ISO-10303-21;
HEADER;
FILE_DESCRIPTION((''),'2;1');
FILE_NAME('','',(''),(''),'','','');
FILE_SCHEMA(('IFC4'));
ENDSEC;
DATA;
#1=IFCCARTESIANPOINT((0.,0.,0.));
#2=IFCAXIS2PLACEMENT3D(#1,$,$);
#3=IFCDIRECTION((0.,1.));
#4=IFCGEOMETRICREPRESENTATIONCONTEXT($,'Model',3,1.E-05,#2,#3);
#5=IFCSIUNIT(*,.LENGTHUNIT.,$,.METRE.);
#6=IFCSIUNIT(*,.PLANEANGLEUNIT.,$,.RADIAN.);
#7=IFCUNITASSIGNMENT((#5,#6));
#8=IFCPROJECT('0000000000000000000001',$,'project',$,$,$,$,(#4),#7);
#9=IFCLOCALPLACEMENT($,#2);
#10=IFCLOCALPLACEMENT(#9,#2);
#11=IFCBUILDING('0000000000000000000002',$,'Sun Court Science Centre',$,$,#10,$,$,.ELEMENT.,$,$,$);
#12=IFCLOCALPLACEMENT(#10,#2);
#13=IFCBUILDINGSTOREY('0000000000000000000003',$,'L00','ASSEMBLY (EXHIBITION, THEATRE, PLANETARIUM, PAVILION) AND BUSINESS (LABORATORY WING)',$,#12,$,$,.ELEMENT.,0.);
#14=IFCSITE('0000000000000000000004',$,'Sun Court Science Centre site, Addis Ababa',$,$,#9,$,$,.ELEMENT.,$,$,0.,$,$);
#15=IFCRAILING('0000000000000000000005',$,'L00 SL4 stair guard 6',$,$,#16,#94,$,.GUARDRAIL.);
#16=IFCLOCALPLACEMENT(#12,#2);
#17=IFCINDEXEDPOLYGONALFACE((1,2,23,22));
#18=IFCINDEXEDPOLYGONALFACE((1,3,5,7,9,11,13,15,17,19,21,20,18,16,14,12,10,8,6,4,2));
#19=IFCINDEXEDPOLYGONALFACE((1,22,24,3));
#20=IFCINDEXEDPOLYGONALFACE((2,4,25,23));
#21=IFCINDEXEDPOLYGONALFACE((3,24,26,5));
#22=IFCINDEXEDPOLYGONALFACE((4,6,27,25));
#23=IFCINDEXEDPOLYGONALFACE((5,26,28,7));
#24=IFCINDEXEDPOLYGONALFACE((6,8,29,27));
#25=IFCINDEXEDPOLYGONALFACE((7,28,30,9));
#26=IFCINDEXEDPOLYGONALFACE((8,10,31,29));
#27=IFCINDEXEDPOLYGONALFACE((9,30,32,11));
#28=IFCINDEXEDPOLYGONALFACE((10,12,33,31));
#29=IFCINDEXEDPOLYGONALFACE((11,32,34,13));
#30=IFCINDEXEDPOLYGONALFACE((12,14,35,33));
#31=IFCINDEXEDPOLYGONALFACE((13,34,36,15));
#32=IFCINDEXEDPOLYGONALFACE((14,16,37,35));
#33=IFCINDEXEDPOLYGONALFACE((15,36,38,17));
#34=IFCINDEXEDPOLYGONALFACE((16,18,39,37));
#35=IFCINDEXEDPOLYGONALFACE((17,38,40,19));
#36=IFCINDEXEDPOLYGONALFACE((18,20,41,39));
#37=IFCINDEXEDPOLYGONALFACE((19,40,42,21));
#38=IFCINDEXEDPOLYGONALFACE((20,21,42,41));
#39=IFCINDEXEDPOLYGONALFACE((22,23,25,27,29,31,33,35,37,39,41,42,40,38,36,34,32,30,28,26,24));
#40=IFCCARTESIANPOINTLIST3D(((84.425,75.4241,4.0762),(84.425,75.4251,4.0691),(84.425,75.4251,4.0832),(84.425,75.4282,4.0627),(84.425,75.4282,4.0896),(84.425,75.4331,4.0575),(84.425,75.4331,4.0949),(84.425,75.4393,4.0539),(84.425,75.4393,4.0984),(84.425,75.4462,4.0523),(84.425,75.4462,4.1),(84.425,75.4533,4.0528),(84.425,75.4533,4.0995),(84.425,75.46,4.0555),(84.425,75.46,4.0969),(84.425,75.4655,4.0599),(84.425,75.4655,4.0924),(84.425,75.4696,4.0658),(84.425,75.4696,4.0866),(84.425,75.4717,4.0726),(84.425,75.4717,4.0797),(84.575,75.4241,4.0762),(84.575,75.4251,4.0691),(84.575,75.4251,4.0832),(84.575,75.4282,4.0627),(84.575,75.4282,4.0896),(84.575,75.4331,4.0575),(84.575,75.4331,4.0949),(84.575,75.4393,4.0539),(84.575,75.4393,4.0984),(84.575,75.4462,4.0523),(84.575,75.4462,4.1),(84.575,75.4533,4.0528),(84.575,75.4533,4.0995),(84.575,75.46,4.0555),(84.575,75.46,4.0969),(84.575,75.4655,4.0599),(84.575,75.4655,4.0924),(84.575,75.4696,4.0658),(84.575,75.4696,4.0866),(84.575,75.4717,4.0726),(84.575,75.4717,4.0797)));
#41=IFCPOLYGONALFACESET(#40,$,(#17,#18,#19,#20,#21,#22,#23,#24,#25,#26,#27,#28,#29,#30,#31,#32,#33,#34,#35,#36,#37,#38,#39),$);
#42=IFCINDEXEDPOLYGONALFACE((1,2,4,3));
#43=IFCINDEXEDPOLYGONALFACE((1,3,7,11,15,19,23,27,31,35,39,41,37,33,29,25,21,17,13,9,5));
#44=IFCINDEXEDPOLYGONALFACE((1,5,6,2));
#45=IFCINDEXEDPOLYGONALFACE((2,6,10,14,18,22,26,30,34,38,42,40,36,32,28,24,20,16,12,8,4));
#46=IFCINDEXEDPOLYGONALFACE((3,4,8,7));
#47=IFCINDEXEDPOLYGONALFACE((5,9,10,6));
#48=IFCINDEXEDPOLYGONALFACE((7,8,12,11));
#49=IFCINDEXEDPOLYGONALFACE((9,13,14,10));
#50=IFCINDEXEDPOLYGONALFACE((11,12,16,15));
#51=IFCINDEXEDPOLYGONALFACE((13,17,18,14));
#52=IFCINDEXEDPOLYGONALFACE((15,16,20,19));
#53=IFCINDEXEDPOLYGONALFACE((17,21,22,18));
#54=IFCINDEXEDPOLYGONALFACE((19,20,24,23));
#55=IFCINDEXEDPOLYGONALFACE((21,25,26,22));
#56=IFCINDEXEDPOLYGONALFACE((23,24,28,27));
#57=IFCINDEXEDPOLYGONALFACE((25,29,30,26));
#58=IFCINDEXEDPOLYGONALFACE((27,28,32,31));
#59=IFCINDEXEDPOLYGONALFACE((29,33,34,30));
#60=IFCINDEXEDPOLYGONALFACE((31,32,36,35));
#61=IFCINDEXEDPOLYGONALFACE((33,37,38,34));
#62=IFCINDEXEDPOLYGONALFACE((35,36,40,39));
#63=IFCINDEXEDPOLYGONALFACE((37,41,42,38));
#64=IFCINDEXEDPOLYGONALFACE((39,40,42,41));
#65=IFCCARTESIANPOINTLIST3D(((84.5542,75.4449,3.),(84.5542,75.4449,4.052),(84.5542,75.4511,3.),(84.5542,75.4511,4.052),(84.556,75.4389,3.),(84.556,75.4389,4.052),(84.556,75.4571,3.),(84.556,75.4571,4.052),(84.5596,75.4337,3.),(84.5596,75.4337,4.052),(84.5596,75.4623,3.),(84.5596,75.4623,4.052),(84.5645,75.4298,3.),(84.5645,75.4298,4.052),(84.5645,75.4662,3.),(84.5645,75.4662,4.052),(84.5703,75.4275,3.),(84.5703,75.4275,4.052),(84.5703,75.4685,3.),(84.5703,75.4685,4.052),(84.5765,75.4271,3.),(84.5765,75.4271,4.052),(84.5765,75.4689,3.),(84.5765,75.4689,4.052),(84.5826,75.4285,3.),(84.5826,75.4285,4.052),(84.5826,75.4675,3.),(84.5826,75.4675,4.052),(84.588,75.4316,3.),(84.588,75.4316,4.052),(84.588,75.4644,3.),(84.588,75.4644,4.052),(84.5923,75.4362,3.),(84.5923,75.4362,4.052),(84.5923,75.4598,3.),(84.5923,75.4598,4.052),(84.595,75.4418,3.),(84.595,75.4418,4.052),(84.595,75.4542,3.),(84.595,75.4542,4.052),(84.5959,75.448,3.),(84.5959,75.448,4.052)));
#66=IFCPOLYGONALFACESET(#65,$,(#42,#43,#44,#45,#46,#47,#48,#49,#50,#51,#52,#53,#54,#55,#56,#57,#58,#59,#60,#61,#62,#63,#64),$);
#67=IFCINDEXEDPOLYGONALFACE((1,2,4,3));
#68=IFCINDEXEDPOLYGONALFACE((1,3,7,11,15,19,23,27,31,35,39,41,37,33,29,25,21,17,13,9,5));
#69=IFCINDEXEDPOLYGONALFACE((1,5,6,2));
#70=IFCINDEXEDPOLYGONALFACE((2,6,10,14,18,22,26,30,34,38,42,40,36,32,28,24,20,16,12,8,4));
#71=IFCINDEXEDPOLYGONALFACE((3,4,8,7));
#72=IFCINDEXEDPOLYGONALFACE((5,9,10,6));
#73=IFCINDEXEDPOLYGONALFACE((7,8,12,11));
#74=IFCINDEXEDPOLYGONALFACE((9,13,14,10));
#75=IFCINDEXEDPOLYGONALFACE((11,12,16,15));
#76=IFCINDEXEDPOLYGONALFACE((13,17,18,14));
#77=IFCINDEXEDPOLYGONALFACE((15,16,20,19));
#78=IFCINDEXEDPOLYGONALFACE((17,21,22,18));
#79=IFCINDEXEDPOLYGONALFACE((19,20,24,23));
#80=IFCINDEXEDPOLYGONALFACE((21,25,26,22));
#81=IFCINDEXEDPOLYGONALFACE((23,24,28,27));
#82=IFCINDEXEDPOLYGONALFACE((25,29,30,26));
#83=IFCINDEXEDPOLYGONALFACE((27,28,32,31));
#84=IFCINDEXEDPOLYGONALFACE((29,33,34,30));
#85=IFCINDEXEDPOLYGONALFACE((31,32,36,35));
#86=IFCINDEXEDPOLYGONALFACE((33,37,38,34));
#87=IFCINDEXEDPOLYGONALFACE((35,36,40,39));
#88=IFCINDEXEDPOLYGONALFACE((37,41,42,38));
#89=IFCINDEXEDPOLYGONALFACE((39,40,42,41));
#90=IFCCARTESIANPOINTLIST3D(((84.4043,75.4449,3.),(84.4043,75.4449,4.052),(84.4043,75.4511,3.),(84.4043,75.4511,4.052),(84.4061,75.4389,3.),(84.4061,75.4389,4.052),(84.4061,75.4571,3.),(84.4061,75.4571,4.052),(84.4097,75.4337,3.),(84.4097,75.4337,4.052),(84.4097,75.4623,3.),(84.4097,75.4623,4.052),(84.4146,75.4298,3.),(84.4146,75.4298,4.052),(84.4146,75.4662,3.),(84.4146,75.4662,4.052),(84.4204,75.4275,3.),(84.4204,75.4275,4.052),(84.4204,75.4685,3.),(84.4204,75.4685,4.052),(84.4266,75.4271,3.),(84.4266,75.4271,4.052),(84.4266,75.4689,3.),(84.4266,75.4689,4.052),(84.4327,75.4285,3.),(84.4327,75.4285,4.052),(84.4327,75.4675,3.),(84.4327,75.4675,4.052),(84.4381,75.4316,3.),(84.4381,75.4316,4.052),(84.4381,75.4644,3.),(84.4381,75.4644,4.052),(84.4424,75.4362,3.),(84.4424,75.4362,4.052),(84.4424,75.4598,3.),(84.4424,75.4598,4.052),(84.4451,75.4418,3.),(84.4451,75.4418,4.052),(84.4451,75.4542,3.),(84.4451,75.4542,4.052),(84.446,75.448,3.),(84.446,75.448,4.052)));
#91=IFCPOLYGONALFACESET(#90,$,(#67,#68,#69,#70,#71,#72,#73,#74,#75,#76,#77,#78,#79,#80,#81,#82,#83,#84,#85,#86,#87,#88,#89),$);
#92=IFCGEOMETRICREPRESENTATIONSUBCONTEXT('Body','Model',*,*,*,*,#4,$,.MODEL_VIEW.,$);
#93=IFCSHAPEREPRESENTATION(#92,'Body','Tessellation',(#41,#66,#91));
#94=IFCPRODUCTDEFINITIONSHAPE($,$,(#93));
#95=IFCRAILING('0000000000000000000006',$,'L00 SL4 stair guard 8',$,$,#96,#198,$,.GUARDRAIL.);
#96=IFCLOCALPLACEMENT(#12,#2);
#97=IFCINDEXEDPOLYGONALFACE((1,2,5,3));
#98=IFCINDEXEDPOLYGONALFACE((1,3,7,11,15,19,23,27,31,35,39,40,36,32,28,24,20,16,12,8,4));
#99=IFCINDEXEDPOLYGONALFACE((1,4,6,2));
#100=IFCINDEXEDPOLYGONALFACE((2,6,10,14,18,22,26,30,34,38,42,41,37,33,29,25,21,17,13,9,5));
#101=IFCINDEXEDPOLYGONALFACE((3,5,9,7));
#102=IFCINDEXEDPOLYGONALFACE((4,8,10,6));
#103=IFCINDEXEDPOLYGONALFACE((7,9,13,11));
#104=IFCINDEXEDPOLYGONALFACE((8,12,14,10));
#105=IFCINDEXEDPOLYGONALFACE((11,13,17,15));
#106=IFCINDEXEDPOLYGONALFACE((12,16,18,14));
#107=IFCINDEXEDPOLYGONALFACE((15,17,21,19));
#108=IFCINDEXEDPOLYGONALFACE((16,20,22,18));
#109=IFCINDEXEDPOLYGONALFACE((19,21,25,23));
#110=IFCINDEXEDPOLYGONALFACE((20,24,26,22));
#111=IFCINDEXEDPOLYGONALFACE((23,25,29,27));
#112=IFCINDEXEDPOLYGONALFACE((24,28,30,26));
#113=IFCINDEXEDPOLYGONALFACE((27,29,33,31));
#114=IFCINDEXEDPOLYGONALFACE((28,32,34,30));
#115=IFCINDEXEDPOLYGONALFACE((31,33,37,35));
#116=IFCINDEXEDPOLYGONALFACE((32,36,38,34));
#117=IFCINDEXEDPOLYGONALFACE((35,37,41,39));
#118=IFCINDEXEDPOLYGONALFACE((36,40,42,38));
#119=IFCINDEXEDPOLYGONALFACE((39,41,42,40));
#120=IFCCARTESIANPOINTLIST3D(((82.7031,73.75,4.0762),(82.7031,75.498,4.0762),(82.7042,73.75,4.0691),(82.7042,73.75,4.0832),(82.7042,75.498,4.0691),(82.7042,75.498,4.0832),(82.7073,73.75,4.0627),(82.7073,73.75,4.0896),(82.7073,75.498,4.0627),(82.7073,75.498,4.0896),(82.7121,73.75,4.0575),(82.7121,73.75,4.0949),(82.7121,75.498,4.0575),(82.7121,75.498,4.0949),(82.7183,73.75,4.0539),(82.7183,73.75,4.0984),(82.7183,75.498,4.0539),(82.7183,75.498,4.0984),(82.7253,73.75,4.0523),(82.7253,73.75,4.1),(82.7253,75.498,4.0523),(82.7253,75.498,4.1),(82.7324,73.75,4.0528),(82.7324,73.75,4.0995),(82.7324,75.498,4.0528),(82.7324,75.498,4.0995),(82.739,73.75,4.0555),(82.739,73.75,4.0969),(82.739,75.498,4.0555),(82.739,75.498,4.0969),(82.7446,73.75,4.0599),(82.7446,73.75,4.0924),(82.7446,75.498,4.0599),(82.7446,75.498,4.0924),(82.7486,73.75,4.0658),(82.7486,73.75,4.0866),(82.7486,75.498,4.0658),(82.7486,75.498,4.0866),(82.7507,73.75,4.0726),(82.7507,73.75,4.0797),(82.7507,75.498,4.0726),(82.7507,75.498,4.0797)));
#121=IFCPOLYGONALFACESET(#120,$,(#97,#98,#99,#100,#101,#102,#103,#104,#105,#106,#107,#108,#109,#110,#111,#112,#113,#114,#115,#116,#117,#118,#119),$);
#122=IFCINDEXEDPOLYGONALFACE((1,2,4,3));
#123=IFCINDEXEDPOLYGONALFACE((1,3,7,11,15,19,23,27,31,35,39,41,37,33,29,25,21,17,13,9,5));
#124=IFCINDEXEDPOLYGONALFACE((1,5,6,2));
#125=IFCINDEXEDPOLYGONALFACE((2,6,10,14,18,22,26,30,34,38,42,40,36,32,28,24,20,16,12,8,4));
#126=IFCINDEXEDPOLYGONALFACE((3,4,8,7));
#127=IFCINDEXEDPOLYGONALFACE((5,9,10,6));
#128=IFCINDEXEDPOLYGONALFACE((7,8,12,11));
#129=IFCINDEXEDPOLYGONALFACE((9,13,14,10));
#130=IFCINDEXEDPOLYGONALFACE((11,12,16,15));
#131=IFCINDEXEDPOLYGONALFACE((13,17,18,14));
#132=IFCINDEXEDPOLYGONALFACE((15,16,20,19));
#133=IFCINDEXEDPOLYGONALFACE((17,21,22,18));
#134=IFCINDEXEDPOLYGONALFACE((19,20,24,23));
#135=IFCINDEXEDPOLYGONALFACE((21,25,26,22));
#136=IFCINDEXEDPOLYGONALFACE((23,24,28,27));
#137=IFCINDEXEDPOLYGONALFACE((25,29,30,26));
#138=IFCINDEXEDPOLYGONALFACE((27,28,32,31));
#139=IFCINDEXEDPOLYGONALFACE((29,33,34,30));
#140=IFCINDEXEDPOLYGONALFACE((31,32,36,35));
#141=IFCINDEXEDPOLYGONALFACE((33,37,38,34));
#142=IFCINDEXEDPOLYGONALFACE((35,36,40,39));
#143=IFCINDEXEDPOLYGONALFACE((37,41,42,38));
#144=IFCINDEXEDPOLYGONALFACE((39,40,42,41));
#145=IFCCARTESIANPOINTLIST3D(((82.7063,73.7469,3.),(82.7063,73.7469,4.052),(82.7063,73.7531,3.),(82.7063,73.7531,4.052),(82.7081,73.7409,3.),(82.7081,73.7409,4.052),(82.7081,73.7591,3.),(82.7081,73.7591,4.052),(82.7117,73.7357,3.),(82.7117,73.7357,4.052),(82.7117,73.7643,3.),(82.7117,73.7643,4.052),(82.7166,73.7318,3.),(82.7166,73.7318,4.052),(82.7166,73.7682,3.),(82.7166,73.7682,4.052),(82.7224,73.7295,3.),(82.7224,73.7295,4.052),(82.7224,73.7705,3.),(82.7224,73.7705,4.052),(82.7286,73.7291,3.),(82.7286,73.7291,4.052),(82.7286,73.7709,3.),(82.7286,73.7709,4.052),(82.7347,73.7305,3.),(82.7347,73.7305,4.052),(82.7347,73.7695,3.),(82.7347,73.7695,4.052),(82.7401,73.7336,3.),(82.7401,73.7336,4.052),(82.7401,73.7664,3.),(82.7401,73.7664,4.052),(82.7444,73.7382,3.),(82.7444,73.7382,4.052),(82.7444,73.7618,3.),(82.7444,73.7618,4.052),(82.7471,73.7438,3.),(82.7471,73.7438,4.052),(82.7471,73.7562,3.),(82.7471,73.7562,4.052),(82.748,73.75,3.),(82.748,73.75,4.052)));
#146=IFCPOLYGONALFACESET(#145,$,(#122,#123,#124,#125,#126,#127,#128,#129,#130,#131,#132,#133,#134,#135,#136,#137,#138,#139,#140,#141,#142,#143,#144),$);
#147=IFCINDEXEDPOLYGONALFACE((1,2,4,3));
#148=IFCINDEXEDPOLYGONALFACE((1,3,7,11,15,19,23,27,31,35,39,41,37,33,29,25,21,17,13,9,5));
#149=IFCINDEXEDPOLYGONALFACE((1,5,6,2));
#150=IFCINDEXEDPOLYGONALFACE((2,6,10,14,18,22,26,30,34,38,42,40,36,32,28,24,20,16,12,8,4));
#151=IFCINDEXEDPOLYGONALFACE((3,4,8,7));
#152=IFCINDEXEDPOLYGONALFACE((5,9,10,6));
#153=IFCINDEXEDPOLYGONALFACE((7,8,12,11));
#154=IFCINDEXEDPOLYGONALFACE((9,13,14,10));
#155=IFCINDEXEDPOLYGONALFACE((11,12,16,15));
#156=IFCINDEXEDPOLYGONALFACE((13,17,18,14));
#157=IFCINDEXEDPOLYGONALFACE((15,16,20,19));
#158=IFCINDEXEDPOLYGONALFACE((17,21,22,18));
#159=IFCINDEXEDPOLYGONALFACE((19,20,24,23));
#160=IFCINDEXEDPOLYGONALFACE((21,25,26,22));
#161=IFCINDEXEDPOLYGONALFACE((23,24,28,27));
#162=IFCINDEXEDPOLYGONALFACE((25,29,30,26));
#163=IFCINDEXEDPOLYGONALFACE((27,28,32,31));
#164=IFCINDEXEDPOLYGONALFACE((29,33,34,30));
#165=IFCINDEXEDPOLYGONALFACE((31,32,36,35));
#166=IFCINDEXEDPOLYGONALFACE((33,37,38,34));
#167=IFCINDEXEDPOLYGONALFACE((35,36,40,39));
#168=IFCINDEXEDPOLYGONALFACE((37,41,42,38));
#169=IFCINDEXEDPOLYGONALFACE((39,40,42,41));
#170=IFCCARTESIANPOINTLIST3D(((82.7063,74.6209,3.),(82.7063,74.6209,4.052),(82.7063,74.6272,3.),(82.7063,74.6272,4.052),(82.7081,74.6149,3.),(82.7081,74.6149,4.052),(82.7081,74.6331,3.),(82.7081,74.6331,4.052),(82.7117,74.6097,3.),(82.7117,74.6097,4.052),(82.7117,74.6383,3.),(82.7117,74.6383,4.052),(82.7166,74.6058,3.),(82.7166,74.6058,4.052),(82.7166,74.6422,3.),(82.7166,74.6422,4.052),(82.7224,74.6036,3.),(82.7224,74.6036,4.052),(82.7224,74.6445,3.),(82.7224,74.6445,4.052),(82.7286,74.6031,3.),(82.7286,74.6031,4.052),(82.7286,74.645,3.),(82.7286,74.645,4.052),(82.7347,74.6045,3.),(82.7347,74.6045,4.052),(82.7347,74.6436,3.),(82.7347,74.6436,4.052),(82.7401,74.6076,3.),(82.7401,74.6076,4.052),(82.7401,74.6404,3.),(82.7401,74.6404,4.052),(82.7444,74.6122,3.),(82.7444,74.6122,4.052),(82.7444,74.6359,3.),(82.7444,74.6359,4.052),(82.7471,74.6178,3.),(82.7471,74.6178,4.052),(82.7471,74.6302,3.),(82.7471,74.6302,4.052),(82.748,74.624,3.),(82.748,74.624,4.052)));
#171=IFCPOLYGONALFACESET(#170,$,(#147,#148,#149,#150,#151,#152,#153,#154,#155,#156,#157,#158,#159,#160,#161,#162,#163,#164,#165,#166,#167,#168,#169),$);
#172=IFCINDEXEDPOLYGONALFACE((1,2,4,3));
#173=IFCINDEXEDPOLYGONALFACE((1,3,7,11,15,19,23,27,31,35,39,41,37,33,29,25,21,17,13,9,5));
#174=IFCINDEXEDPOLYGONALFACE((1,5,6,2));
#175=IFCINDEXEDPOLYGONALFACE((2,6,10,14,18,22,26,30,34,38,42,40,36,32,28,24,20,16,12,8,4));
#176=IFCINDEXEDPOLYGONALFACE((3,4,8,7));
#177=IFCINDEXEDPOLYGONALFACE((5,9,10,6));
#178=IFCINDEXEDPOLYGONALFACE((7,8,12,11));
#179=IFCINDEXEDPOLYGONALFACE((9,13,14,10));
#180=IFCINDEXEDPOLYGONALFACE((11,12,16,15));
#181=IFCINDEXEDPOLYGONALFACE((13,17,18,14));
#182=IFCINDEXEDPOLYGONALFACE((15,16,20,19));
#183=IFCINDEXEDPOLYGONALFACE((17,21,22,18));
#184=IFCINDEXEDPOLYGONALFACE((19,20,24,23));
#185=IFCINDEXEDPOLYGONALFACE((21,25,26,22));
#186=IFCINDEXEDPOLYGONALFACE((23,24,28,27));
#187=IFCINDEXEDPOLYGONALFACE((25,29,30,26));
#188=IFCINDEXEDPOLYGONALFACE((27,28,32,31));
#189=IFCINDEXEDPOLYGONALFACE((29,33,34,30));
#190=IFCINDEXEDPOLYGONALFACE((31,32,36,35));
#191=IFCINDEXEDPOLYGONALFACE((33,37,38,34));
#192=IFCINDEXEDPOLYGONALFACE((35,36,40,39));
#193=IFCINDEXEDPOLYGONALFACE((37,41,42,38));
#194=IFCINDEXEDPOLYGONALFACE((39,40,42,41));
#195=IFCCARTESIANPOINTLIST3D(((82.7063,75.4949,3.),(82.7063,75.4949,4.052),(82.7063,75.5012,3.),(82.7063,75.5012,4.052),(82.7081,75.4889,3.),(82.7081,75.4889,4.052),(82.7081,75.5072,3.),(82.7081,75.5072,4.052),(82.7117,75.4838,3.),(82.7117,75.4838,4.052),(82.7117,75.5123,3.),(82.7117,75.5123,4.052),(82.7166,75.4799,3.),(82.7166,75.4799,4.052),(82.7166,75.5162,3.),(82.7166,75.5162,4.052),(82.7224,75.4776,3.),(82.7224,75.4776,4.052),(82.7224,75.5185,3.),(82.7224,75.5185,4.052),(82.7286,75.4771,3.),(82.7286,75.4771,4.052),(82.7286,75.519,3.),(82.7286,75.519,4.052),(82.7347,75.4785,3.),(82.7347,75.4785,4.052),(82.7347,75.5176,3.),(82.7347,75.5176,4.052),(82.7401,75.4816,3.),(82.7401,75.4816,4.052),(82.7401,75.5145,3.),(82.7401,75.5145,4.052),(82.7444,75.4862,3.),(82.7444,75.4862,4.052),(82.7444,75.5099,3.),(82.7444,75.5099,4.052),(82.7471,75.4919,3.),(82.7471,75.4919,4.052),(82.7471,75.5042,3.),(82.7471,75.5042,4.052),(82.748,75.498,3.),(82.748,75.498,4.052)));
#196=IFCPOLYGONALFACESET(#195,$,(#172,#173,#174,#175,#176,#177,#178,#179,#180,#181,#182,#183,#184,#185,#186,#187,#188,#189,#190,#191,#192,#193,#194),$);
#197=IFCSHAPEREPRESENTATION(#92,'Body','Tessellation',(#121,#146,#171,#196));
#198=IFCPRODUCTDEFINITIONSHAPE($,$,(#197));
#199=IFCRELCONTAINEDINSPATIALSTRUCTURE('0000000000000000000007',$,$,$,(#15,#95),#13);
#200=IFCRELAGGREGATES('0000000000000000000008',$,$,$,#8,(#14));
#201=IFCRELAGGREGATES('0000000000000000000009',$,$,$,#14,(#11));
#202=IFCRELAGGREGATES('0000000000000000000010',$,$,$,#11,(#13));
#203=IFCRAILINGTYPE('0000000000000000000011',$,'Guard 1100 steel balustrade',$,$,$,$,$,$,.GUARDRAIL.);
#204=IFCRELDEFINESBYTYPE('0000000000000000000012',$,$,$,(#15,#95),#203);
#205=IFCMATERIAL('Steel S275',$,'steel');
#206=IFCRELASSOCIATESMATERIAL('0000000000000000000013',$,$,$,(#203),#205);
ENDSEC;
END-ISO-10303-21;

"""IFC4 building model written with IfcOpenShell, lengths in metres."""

from ifc_helpers import new_model, si_unit, direction, frame, origin, origin_2d, place, context, subcontext, project, spatial, circle, extrude, material, type_object, element, save


model = new_model("IFC4")

# Units and contexts
model_context = context("Model", 3, precision=1e-05, world=origin(), true_north=direction((0.0, 1.0)))
body_context = subcontext(model_context, "Body", "Model", "MODEL_VIEW")
ifc_project = project(units=[si_unit("LENGTHUNIT", "METRE"), si_unit("PLANEANGLEUNIT", "RADIAN")], contexts=[model_context])

# Site, building, storey
site_placement = place(None, origin())
site = spatial("IfcSite", under=ifc_project, at=site_placement, Name="Sun Court Science Centre site, Addis Ababa", CompositionType="ELEMENT", RefElevation=0.0)
building_placement = place(site_placement, origin())
building = spatial("IfcBuilding", under=site, at=building_placement, Name="Sun Court Science Centre", CompositionType="ELEMENT")
storey_placement = place(building_placement, origin())
storey = spatial("IfcBuildingStorey", under=building, at=storey_placement, Name="L00", Description="ASSEMBLY (EXHIBITION, THEATRE, PLANETARIUM, PAVILION) AND BUSINESS (LABORATORY WING)", CompositionType="ELEMENT", Elevation=0.0)

# Railings
ifc_material_1 = material(Name="Steel S275", Category="steel")
railing_type = type_object("IfcRailingType", Name="Guard 1100 steel balustrade", PredefinedType="GUARDRAIL", material=ifc_material_1)
railing_1_placement = place(storey_placement, frame((84.575, 75.448, 3.0)))
element("IfcRailing", 1, at=railing_1_placement, inside=storey, type_object=railing_type, Name="L00 SL4 stair guard 6", PredefinedType="GUARDRAIL", context=body_context, shape_type="SweptSolid", body=[
    extrude(circle(Radius=0.0239, at=origin_2d()), frame((0.0, 0.0, 1.0762), z_axis=(-1.0, 0.0, 0.0), x_axis=(0.0, -1.0, 0.0)), (0.0, 0.0, 1.0), 0.1499),
    extrude(circle(Radius=0.021, at=origin_2d()), origin(), (0.0, 0.0, 1.0), 1.052),
    extrude(circle(Radius=0.021, at=origin_2d()), frame((-0.1499, 0.0, 0.0)), (0.0, 0.0, 1.0), 1.052),
])
railing_2_placement = place(storey_placement, frame((82.7271, 73.75, 3.0)))
element("IfcRailing", 2, at=railing_2_placement, inside=storey, type_object=railing_type, Name="L00 SL4 stair guard 8", PredefinedType="GUARDRAIL", context=body_context, shape_type="SweptSolid", body=[
    extrude(circle(Radius=0.0239, at=origin_2d()), frame((0.0, 0.0, 1.0762), z_axis=(0.0, 1.0, 0.0), x_axis=(-1.0, 0.0, 0.0)), (0.0, 0.0, 1.0), 1.748),
    extrude(circle(Radius=0.021, at=origin_2d()), origin(), (0.0, 0.0, 1.0), 1.052),
    extrude(circle(Radius=0.021, at=origin_2d()), frame((0.0, 0.874, 0.0)), (0.0, 0.0, 1.0), 1.052),
    extrude(circle(Radius=0.021, at=origin_2d()), frame((0.0, 1.748, 0.0)), (0.0, 0.0, 1.0), 1.052),
])

save(model, "model.ifc")
